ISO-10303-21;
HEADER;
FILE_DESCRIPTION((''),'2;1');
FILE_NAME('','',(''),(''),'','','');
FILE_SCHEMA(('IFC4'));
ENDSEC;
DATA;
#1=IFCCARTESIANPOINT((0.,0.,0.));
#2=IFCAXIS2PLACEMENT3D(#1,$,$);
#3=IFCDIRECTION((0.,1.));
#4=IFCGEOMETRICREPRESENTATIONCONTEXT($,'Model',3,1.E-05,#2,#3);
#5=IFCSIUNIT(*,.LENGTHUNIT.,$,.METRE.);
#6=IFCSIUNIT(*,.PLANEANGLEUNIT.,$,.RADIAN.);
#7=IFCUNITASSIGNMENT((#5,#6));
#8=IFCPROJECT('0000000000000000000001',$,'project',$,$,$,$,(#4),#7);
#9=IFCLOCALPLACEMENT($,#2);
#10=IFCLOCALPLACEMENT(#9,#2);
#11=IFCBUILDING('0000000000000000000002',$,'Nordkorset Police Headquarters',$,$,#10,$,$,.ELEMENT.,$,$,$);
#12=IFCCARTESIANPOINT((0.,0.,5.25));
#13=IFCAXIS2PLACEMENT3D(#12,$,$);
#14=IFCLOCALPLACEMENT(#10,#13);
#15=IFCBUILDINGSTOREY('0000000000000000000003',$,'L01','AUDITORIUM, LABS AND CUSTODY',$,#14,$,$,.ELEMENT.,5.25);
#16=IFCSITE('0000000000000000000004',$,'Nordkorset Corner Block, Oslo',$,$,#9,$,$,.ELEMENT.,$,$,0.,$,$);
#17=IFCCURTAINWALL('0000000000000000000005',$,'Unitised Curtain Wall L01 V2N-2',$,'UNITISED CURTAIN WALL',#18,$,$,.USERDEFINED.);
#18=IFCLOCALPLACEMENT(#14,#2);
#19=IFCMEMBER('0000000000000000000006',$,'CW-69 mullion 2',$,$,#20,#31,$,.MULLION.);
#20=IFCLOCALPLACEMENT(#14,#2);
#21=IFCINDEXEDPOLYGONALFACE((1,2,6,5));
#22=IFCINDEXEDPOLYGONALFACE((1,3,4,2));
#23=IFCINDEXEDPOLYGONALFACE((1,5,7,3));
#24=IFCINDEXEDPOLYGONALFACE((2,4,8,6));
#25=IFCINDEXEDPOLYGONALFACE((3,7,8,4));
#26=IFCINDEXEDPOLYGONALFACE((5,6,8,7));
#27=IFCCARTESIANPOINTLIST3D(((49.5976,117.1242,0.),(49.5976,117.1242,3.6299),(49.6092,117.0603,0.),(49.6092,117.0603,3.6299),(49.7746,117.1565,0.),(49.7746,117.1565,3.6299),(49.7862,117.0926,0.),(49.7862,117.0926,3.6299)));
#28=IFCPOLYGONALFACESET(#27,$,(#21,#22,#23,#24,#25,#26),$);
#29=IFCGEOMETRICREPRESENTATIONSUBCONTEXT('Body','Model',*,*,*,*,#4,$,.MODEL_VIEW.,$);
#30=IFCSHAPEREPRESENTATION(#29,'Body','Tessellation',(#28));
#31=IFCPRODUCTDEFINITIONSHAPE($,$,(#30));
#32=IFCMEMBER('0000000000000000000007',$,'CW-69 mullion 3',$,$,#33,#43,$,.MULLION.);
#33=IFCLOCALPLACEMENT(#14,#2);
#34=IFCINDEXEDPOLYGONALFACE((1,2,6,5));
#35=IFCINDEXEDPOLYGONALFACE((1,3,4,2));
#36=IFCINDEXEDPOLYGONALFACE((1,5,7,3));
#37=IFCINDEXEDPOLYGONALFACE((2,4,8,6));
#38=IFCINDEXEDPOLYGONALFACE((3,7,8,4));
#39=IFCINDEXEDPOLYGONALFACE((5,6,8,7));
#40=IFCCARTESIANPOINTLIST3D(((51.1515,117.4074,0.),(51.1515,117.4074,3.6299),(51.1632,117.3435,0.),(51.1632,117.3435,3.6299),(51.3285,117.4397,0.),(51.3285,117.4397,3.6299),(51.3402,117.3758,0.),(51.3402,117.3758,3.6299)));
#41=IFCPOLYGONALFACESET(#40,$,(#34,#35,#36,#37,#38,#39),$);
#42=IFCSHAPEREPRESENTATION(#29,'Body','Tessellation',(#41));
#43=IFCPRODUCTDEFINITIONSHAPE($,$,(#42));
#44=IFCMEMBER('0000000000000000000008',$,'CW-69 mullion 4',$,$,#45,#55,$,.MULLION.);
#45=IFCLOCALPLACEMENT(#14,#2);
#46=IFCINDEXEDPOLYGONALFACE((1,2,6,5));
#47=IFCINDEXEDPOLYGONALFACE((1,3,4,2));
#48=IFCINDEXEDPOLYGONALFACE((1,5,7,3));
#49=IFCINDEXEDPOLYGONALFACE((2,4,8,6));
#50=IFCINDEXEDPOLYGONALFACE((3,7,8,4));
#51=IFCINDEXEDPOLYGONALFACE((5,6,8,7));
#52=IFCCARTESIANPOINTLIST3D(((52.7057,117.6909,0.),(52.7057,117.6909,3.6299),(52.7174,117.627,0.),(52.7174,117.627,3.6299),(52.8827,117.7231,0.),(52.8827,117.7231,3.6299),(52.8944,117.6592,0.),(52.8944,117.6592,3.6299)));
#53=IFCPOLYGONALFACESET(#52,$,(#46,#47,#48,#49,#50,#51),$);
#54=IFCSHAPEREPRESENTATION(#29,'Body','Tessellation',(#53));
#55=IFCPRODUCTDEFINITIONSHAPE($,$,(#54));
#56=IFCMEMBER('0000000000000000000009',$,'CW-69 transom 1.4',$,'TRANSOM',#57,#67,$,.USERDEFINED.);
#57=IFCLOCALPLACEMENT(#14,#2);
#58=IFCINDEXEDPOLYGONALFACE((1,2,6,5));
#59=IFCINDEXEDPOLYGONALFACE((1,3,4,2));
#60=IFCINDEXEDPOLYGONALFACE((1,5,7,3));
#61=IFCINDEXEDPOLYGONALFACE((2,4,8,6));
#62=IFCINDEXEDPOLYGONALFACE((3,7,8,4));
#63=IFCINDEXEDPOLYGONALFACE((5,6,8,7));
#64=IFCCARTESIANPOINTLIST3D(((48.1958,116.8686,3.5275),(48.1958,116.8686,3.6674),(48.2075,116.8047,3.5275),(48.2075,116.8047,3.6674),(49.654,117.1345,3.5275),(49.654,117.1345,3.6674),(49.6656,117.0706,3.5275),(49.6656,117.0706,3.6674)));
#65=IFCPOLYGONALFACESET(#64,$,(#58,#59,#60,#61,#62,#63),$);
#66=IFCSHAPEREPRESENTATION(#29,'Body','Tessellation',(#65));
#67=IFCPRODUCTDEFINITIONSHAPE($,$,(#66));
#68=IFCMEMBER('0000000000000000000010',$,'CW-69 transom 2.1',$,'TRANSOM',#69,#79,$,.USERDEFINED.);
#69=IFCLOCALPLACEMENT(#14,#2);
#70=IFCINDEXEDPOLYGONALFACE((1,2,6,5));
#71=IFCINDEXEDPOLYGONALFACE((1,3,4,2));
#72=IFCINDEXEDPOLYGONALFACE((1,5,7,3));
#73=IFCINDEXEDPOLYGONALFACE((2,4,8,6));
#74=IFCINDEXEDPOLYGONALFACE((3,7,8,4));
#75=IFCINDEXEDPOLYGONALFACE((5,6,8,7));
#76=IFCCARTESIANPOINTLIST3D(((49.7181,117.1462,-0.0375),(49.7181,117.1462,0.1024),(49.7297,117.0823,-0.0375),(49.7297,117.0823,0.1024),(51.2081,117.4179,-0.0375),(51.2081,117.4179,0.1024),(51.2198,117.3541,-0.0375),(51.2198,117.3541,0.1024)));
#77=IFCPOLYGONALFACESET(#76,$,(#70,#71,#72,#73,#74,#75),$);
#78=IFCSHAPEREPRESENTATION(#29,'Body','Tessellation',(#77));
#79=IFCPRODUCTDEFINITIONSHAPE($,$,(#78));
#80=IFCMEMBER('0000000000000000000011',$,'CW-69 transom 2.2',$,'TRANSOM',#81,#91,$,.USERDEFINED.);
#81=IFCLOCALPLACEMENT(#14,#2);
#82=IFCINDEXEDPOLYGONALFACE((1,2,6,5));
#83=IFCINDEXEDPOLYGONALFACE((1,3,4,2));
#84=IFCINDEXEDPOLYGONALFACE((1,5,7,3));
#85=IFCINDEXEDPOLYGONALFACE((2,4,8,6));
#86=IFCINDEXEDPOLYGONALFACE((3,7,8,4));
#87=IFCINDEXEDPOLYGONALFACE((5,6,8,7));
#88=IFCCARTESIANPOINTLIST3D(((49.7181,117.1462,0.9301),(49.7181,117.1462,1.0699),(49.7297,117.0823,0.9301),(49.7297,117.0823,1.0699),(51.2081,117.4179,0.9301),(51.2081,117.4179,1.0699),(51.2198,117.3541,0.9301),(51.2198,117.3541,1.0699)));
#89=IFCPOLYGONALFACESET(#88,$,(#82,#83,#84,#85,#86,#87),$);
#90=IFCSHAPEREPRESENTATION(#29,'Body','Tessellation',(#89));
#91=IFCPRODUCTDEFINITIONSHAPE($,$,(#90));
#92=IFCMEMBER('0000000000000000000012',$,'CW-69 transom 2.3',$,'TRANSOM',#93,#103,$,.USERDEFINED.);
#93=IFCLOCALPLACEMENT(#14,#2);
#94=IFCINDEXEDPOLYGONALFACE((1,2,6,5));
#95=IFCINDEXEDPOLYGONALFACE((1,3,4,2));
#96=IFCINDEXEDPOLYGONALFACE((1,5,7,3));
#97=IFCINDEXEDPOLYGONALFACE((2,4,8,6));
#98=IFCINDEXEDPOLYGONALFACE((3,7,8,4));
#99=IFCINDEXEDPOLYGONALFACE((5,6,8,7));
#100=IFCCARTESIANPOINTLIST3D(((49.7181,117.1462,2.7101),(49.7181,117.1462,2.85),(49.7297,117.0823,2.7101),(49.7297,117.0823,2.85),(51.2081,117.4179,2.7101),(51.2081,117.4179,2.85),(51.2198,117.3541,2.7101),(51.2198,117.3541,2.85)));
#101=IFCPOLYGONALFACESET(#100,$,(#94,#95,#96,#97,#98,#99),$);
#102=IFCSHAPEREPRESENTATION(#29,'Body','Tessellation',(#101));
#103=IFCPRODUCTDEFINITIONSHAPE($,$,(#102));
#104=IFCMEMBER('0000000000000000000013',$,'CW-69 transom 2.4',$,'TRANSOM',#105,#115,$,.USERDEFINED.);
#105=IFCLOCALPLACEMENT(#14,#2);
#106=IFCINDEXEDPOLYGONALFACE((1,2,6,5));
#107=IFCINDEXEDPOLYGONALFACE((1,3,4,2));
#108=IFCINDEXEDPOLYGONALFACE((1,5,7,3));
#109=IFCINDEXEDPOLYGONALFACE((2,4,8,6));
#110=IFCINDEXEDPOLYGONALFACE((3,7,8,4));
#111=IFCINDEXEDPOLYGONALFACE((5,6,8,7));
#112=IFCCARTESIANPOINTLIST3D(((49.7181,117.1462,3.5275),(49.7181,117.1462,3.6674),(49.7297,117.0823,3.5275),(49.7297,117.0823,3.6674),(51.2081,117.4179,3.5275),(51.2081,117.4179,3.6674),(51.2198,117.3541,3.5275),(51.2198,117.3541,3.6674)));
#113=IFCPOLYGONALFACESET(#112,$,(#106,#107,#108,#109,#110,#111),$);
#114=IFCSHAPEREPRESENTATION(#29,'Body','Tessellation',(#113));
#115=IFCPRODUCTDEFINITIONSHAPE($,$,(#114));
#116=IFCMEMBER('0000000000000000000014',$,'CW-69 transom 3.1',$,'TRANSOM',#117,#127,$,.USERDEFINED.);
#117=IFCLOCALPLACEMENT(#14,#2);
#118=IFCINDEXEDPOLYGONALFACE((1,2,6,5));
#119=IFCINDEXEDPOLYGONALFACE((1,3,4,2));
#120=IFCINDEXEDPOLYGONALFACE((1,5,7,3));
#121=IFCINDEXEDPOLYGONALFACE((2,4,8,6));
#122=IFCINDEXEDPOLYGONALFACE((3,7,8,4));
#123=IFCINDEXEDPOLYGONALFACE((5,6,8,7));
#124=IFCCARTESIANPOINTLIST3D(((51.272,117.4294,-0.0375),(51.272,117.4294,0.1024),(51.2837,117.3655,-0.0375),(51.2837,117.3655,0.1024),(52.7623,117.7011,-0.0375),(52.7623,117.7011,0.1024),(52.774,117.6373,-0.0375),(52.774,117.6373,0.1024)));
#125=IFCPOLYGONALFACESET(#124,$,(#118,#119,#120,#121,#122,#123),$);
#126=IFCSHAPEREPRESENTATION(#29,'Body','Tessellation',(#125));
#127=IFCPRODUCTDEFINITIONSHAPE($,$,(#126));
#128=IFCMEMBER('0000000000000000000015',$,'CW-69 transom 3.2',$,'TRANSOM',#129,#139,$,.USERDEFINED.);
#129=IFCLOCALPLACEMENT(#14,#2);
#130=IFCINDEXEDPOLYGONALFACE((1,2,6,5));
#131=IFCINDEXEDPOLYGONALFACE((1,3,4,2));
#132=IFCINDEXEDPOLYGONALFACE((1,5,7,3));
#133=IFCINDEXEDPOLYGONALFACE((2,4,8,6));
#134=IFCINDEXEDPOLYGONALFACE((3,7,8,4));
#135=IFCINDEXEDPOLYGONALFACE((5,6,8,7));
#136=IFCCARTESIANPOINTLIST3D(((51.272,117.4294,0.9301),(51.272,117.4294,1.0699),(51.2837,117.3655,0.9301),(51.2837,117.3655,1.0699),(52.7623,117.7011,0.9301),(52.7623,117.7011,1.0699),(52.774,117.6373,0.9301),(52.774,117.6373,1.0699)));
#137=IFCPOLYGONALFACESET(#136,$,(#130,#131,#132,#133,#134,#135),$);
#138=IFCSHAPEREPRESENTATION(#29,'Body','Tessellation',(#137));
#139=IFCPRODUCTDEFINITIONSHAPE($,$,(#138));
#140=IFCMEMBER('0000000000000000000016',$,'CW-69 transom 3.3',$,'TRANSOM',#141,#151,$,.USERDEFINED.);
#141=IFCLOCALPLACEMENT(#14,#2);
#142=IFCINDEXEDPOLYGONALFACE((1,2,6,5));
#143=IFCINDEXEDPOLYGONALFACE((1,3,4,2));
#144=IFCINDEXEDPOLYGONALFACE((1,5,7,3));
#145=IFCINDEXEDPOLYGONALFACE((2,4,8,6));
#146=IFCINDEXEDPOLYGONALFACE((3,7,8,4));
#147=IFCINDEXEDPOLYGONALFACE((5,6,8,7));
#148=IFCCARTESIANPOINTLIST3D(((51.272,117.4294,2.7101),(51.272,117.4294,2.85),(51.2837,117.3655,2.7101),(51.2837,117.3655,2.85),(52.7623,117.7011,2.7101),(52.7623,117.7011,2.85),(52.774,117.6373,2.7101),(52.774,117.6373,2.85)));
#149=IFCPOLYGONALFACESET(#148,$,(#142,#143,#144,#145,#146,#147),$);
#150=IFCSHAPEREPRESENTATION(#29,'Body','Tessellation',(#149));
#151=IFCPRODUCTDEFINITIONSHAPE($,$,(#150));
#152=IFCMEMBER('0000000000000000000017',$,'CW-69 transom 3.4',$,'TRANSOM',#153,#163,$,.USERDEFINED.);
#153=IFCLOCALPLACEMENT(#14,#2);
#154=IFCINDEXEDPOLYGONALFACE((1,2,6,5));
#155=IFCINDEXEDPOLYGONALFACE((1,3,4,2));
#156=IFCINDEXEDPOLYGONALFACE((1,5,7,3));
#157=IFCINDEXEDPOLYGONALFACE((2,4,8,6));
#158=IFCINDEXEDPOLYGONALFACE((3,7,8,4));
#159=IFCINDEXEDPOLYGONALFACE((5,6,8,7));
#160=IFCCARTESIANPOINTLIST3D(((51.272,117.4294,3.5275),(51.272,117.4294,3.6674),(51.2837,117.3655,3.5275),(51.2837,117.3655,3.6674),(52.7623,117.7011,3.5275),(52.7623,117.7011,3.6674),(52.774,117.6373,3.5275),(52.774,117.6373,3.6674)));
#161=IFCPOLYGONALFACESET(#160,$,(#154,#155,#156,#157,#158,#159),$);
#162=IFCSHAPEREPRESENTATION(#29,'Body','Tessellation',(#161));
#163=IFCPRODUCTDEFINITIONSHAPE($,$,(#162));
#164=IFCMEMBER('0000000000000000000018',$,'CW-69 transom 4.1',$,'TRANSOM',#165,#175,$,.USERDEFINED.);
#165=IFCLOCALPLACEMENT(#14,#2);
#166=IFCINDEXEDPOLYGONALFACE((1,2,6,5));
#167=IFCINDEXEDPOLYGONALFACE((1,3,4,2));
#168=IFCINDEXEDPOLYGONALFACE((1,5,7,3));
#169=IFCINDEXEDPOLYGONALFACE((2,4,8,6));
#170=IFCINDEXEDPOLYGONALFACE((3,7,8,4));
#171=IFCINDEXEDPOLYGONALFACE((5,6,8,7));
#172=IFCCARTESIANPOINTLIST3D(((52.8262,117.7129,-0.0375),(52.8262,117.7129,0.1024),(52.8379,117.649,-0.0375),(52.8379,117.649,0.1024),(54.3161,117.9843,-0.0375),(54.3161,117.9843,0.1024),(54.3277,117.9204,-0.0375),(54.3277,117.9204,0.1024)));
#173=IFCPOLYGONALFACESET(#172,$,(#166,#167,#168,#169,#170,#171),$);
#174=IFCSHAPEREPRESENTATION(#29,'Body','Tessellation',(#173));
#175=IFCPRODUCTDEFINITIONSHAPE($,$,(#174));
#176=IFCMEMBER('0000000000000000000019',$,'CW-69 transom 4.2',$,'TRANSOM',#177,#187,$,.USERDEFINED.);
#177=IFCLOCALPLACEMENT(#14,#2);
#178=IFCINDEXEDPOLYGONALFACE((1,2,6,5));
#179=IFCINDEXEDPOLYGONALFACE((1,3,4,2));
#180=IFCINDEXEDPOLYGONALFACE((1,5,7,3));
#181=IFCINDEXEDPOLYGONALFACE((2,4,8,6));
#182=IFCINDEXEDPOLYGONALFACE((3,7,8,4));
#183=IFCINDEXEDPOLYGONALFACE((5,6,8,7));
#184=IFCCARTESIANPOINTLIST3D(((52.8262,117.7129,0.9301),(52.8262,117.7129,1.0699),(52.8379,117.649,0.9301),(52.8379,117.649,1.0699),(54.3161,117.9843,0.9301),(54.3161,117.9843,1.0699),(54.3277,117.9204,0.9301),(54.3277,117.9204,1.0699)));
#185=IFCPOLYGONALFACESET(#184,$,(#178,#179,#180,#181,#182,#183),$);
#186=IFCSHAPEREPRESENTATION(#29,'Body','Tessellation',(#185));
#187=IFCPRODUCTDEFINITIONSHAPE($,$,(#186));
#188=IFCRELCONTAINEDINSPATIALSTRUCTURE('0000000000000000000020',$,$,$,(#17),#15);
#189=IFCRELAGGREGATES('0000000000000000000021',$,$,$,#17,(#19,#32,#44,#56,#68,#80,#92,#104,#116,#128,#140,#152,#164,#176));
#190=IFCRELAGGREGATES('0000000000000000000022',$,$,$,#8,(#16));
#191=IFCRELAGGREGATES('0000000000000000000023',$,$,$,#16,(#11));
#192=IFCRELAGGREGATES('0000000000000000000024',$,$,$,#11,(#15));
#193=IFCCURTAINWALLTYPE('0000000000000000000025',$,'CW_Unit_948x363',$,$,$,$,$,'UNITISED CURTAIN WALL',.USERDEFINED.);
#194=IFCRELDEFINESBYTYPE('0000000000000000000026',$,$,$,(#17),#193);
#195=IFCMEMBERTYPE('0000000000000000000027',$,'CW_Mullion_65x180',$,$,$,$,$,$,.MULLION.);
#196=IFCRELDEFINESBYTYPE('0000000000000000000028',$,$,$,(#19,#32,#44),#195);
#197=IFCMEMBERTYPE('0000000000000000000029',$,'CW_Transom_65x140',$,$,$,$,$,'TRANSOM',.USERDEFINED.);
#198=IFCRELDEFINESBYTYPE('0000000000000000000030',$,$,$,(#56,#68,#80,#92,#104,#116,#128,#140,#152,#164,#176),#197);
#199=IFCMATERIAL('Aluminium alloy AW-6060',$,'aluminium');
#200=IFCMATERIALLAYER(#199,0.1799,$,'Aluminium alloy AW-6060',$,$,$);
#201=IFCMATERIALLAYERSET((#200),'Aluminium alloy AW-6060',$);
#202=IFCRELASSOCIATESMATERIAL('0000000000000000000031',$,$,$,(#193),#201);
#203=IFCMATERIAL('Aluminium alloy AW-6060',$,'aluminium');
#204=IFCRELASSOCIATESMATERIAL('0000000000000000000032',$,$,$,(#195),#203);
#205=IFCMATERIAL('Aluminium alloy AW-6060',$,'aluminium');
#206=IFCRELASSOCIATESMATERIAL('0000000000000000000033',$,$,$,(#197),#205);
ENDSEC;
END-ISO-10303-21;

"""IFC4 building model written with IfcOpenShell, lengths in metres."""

from ifc_helpers import new_model, si_unit, direction, frame, origin, origin_2d, place, context, subcontext, project, spatial, rectangle, extrude, material, layer, layer_set, material_profile, profile_set, type_object, element, aggregate, save


model = new_model("IFC4")

# Units and contexts
model_context = context("Model", 3, precision=1e-05, world=origin(), true_north=direction((0.0, 1.0)))
body_context = subcontext(model_context, "Body", "Model", "MODEL_VIEW")
ifc_project = project(units=[si_unit("LENGTHUNIT", "METRE"), si_unit("PLANEANGLEUNIT", "RADIAN")], contexts=[model_context])

# Site, building, storey
site_placement = place(None, origin())
site = spatial("IfcSite", under=ifc_project, at=site_placement, Name="Nordkorset Corner Block, Oslo", CompositionType="ELEMENT", RefElevation=0.0)
building_placement = place(site_placement, origin())
building = spatial("IfcBuilding", under=site, at=building_placement, Name="Nordkorset Police Headquarters", CompositionType="ELEMENT")
storey_placement = place(building_placement, frame((0.0, 0.0, 5.25)))
storey = spatial("IfcBuildingStorey", under=building, at=storey_placement, Name="L01", Description="AUDITORIUM, LABS AND CUSTODY", CompositionType="ELEMENT", Elevation=5.25)

# Curtain wall, members
ifc_material_1 = material(Name="Aluminium alloy AW-6060", Category="aluminium")
ifc_layer_1 = layer(ifc_material_1, 0.1799, Name="Aluminium alloy AW-6060")
ifc_layer_set_1 = layer_set([ifc_layer_1], Name="Aluminium alloy AW-6060")
curtain_wall_type = type_object("IfcCurtainWallType", Name="CW_Unit_948x363", ElementType="UNITISED CURTAIN WALL", PredefinedType="USERDEFINED", material=ifc_layer_set_1)
curtain_wall_placement = place(storey_placement, origin())
curtain_wall = element("IfcCurtainWall", 1, at=curtain_wall_placement, inside=storey, type_object=curtain_wall_type, Name="Unitised Curtain Wall L01 V2N-2", ObjectType="UNITISED CURTAIN WALL", PredefinedType="USERDEFINED")
ifc_material_2 = material(Name="Aluminium alloy AW-6060", Category="aluminium")
ifc_material_profile_1 = material_profile(ifc_material_2, rectangle(XDim=0.0649, YDim=0.1799, at=origin_2d()), Name="ALU MULL 65x180")
ifc_profile_set_1 = profile_set([ifc_material_profile_1], Name="Aluminium alloy AW-6060")
member_type_1 = type_object("IfcMemberType", Name="CW_Mullion_65x180", PredefinedType="MULLION", material=ifc_profile_set_1)
member_1_placement = place(storey_placement, frame((49.6919, 117.1084, 0.0), z_axis=(0.0, 0.0, 1.0), x_axis=(-0.179336, 0.983788, 0.0)))
member_1 = element("IfcMember", 2, at=member_1_placement, type_object=member_type_1, Name="CW-69 mullion 2", PredefinedType="MULLION", context=body_context, shape_type="SweptSolid", body=[
    extrude(rectangle(XDim=0.0649, YDim=0.1799, at=origin_2d()), origin(), (0.0, 0.0, 1.0), 3.6299),
])
member_2_placement = place(storey_placement, frame((51.2458, 117.3916, 0.0), z_axis=(0.0, 0.0, 1.0), x_axis=(-0.179336, 0.983788, 0.0)))
member_2 = element("IfcMember", 3, at=member_2_placement, type_object=member_type_1, Name="CW-69 mullion 3", PredefinedType="MULLION", context=body_context, shape_type="SweptSolid", body=[
    extrude(rectangle(XDim=0.0649, YDim=0.1799, at=origin_2d()), origin(), (0.0, 0.0, 1.0), 3.6299),
])
member_3_placement = place(storey_placement, frame((52.8, 117.675, 0.0), z_axis=(0.0, 0.0, 1.0), x_axis=(-0.179336, 0.983788, 0.0)))
member_3 = element("IfcMember", 4, at=member_3_placement, type_object=member_type_1, Name="CW-69 mullion 4", PredefinedType="MULLION", context=body_context, shape_type="SweptSolid", body=[
    extrude(rectangle(XDim=0.0649, YDim=0.1799, at=origin_2d()), origin(), (0.0, 0.0, 1.0), 3.6299),
])
ifc_material_3 = material(Name="Aluminium alloy AW-6060", Category="aluminium")
ifc_material_profile_2 = material_profile(ifc_material_3, rectangle(XDim=0.0649, YDim=0.1399, at=origin_2d()), Name="ALU TRAN 65x140")
ifc_profile_set_2 = profile_set([ifc_material_profile_2], Name="Aluminium alloy AW-6060")
member_type_2 = type_object("IfcMemberType", Name="CW_Transom_65x140", ElementType="TRANSOM", PredefinedType="USERDEFINED", material=ifc_profile_set_2)
member_4_placement = place(storey_placement, frame((48.2017, 116.8367, 3.5974), z_axis=(0.983783, 0.179364, 0.0), x_axis=(-0.179364, 0.983783, 0.0)))
member_4 = element("IfcMember", 5, at=member_4_placement, type_object=member_type_2, Name="CW-69 transom 1.4", ObjectType="TRANSOM", PredefinedType="USERDEFINED", context=body_context, shape_type="SweptSolid", body=[
    extrude(rectangle(XDim=0.0649, YDim=0.1399, at=origin_2d()), origin(), (0.0, 0.0, 1.0), 1.4822),
])
member_5_placement = place(storey_placement, frame((49.7239, 117.1143, 0.0325), z_axis=(0.983774, 0.17941, 0.0), x_axis=(-0.17941, 0.983774, 0.0)))
member_5 = element("IfcMember", 6, at=member_5_placement, type_object=member_type_2, Name="CW-69 transom 2.1", ObjectType="TRANSOM", PredefinedType="USERDEFINED", context=body_context, shape_type="SweptSolid", body=[
    extrude(rectangle(XDim=0.0649, YDim=0.1399, at=origin_2d()), origin(), (0.0, 0.0, 1.0), 1.5146),
])
member_6_placement = place(storey_placement, frame((49.7239, 117.1143, 1.0), z_axis=(0.983774, 0.17941, 0.0), x_axis=(-0.17941, 0.983774, 0.0)))
member_6 = element("IfcMember", 7, at=member_6_placement, type_object=member_type_2, Name="CW-69 transom 2.2", ObjectType="TRANSOM", PredefinedType="USERDEFINED", context=body_context, shape_type="SweptSolid", body=[
    extrude(rectangle(XDim=0.0649, YDim=0.1399, at=origin_2d()), origin(), (0.0, 0.0, 1.0), 1.5146),
])
member_7_placement = place(storey_placement, frame((49.7239, 117.1143, 2.78), z_axis=(0.983774, 0.17941, 0.0), x_axis=(-0.17941, 0.983774, 0.0)))
member_7 = element("IfcMember", 8, at=member_7_placement, type_object=member_type_2, Name="CW-69 transom 2.3", ObjectType="TRANSOM", PredefinedType="USERDEFINED", context=body_context, shape_type="SweptSolid", body=[
    extrude(rectangle(XDim=0.0649, YDim=0.1399, at=origin_2d()), origin(), (0.0, 0.0, 1.0), 1.5146),
])
member_8_placement = place(storey_placement, frame((49.7239, 117.1143, 3.5974), z_axis=(0.983774, 0.17941, 0.0), x_axis=(-0.17941, 0.983774, 0.0)))
member_8 = element("IfcMember", 9, at=member_8_placement, type_object=member_type_2, Name="CW-69 transom 2.4", ObjectType="TRANSOM", PredefinedType="USERDEFINED", context=body_context, shape_type="SweptSolid", body=[
    extrude(rectangle(XDim=0.0649, YDim=0.1399, at=origin_2d()), origin(), (0.0, 0.0, 1.0), 1.5146),
])
member_9_placement = place(storey_placement, frame((51.2778, 117.3975, 0.0325), z_axis=(0.98378, 0.179382, 0.0), x_axis=(-0.179382, 0.98378, 0.0)))
member_9 = element("IfcMember", 10, at=member_9_placement, type_object=member_type_2, Name="CW-69 transom 3.1", ObjectType="TRANSOM", PredefinedType="USERDEFINED", context=body_context, shape_type="SweptSolid", body=[
    extrude(rectangle(XDim=0.0649, YDim=0.1399, at=origin_2d()), origin(), (0.0, 0.0, 1.0), 1.5149),
])
member_10_placement = place(storey_placement, frame((51.2778, 117.3975, 1.0), z_axis=(0.98378, 0.179382, 0.0), x_axis=(-0.179382, 0.98378, 0.0)))
member_10 = element("IfcMember", 11, at=member_10_placement, type_object=member_type_2, Name="CW-69 transom 3.2", ObjectType="TRANSOM", PredefinedType="USERDEFINED", context=body_context, shape_type="SweptSolid", body=[
    extrude(rectangle(XDim=0.0649, YDim=0.1399, at=origin_2d()), origin(), (0.0, 0.0, 1.0), 1.5149),
])
member_11_placement = place(storey_placement, frame((51.2778, 117.3975, 2.78), z_axis=(0.98378, 0.179382, 0.0), x_axis=(-0.179382, 0.98378, 0.0)))
member_11 = element("IfcMember", 12, at=member_11_placement, type_object=member_type_2, Name="CW-69 transom 3.3", ObjectType="TRANSOM", PredefinedType="USERDEFINED", context=body_context, shape_type="SweptSolid", body=[
    extrude(rectangle(XDim=0.0649, YDim=0.1399, at=origin_2d()), origin(), (0.0, 0.0, 1.0), 1.5149),
])
member_12_placement = place(storey_placement, frame((51.2778, 117.3975, 3.5974), z_axis=(0.98378, 0.179382, 0.0), x_axis=(-0.179382, 0.98378, 0.0)))
member_12 = element("IfcMember", 13, at=member_12_placement, type_object=member_type_2, Name="CW-69 transom 3.4", ObjectType="TRANSOM", PredefinedType="USERDEFINED", context=body_context, shape_type="SweptSolid", body=[
    extrude(rectangle(XDim=0.0649, YDim=0.1399, at=origin_2d()), origin(), (0.0, 0.0, 1.0), 1.5149),
])
member_13_placement = place(storey_placement, frame((52.832, 117.6809, 0.0325), z_axis=(0.983803, 0.179254, 0.0), x_axis=(-0.179254, 0.983803, 0.0)))
member_13 = element("IfcMember", 14, at=member_13_placement, type_object=member_type_2, Name="CW-69 transom 4.1", ObjectType="TRANSOM", PredefinedType="USERDEFINED", context=body_context, shape_type="SweptSolid", body=[
    extrude(rectangle(XDim=0.0649, YDim=0.1399, at=origin_2d()), origin(), (0.0, 0.0, 1.0), 1.5144),
])
member_14_placement = place(storey_placement, frame((52.832, 117.6809, 1.0), z_axis=(0.983803, 0.179254, 0.0), x_axis=(-0.179254, 0.983803, 0.0)))
member_14 = element("IfcMember", 15, at=member_14_placement, type_object=member_type_2, Name="CW-69 transom 4.2", ObjectType="TRANSOM", PredefinedType="USERDEFINED", context=body_context, shape_type="SweptSolid", body=[
    extrude(rectangle(XDim=0.0649, YDim=0.1399, at=origin_2d()), origin(), (0.0, 0.0, 1.0), 1.5144),
])
aggregate(curtain_wall, [member_1, member_2, member_3, member_4, member_5, member_6, member_7, member_8, member_9, member_10, member_11, member_12, member_13, member_14])

save(model, "model.ifc")
